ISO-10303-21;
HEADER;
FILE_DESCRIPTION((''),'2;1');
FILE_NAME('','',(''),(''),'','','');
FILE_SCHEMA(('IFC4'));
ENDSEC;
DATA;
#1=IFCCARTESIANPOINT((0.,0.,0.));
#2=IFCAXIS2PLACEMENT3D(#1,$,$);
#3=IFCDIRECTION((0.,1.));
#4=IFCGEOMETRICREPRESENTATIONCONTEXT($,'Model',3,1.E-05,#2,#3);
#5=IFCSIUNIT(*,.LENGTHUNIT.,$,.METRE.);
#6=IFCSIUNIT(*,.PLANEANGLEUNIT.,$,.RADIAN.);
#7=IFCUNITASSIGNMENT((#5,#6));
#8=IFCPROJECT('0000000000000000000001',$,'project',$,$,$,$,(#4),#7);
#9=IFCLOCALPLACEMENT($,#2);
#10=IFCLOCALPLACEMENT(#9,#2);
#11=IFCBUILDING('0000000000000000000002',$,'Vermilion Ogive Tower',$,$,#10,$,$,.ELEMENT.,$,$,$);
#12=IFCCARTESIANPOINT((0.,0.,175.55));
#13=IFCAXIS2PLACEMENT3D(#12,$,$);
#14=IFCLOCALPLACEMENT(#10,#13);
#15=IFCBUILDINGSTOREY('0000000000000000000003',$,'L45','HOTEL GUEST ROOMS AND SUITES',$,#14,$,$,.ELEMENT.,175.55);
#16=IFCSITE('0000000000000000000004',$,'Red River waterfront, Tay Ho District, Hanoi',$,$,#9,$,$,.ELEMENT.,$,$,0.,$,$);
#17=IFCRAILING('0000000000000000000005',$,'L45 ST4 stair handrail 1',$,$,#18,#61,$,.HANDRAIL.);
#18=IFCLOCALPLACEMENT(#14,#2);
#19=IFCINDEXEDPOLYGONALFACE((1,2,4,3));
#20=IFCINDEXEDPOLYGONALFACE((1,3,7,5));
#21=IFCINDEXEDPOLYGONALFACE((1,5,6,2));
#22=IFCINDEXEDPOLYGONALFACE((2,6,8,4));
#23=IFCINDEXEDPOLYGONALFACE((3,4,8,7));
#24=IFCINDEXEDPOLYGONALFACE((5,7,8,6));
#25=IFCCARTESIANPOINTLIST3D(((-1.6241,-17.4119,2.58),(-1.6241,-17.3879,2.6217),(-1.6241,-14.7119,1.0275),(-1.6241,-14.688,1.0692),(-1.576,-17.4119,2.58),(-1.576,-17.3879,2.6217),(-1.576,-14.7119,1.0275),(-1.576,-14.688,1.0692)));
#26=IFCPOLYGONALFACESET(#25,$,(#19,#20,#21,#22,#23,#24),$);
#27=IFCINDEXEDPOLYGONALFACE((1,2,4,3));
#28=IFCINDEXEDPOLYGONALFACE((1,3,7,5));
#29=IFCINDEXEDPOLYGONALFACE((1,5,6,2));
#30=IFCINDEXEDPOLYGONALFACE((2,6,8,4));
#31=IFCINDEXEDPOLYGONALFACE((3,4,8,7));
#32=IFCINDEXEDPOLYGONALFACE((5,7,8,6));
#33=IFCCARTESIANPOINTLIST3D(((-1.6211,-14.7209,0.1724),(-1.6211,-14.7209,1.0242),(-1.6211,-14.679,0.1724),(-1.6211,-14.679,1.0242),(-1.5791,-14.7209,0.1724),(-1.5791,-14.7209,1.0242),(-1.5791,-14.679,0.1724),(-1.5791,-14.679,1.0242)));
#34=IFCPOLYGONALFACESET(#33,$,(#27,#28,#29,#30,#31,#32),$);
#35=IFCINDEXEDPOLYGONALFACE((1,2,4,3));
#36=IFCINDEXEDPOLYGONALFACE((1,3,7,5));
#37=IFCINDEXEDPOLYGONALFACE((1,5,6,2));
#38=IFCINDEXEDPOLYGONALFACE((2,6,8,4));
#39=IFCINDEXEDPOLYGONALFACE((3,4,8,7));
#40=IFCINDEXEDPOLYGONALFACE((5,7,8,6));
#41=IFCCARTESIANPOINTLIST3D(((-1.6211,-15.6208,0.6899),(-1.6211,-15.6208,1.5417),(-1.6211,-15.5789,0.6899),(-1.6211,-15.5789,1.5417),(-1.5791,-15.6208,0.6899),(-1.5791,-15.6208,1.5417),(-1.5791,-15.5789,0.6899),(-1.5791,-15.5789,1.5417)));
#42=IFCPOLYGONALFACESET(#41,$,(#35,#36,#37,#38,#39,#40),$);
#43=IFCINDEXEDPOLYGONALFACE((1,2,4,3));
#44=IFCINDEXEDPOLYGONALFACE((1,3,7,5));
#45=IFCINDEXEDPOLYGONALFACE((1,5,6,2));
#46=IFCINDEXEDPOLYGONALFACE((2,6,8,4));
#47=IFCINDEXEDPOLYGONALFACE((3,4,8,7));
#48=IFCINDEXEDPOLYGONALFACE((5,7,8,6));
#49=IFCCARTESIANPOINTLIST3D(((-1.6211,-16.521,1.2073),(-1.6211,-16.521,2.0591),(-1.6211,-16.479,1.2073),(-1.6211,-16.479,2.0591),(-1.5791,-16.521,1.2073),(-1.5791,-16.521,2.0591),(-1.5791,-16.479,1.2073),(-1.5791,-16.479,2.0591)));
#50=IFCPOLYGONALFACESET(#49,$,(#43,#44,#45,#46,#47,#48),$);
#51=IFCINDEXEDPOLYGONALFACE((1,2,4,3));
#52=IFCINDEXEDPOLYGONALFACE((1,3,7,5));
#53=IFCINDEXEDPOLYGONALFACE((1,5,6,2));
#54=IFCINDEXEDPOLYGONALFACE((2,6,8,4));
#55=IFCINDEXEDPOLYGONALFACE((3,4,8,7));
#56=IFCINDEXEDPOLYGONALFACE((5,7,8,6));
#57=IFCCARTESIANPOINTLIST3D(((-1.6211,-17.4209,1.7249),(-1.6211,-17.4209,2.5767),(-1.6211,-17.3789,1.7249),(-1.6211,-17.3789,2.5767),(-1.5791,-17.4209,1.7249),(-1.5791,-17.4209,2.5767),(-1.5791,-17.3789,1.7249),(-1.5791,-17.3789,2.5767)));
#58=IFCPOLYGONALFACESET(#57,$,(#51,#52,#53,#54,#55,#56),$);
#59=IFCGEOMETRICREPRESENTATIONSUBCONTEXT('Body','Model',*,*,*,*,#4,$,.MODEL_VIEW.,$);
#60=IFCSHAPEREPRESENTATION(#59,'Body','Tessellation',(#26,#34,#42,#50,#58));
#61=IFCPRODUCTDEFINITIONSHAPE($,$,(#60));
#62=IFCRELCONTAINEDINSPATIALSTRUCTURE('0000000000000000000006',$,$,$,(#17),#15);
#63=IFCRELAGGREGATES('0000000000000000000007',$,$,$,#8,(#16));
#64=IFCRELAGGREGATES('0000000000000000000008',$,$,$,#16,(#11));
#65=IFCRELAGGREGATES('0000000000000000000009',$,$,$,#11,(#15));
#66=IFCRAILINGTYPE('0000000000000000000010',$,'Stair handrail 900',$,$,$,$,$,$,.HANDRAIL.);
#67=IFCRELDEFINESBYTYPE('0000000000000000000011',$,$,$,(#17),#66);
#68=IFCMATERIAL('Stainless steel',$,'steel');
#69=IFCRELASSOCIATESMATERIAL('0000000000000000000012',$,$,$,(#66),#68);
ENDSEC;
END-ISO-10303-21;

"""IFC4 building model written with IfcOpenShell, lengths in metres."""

from ifc_helpers import new_model, si_unit, direction, frame, origin, origin_2d, place, context, subcontext, project, spatial, rectangle, extrude, material, type_object, element, save


model = new_model("IFC4")

# Units and contexts
model_context = context("Model", 3, precision=1e-05, world=origin(), true_north=direction((0.0, 1.0)))
body_context = subcontext(model_context, "Body", "Model", "MODEL_VIEW")
ifc_project = project(units=[si_unit("LENGTHUNIT", "METRE"), si_unit("PLANEANGLEUNIT", "RADIAN")], contexts=[model_context])

# Site, building, storey
site_placement = place(None, origin())
site = spatial("IfcSite", under=ifc_project, at=site_placement, Name="Red River waterfront, Tay Ho District, Hanoi", CompositionType="ELEMENT", RefElevation=0.0)
building_placement = place(site_placement, origin())
building = spatial("IfcBuilding", under=site, at=building_placement, Name="Vermilion Ogive Tower", CompositionType="ELEMENT")
storey_placement = place(building_placement, frame((0.0, 0.0, 175.55)))
storey = spatial("IfcBuildingStorey", under=building, at=storey_placement, Name="L45", Description="HOTEL GUEST ROOMS AND SUITES", CompositionType="ELEMENT", Elevation=175.55)

# Railing
ifc_material_1 = material(Name="Stainless steel", Category="steel")
railing_type_1 = type_object("IfcRailingType", Name="Stair handrail 900", PredefinedType="HANDRAIL", material=ifc_material_1)
railing_1_placement = place(storey_placement, frame((-1.6001, -14.7, 0.1724)))
element("IfcRailing", 1, at=railing_1_placement, inside=storey, type_object=railing_type_1, Name="L45 ST4 stair handrail 1", PredefinedType="HANDRAIL", context=body_context, shape_type="SweptSolid", body=[
    extrude(rectangle(XDim=0.0481, YDim=0.0481, at=origin_2d()), frame((0.0, 0.0, 0.876), z_axis=(0.0, -0.866904, 0.498476), x_axis=(1.0, 0.0, 0.0)), (0.0, 0.0, 1.0), 3.1145),
    extrude(rectangle(XDim=0.042, YDim=0.042, at=origin_2d()), origin(), (0.0, 0.0, 1.0), 0.8518),
    extrude(rectangle(XDim=0.042, YDim=0.042, at=origin_2d()), frame((0.0, -0.8999, 0.5176)), (0.0, 0.0, 1.0), 0.8518),
    extrude(rectangle(XDim=0.042, YDim=0.042, at=origin_2d()), frame((0.0, -1.8, 1.0349)), (0.0, 0.0, 1.0), 0.8518),
    extrude(rectangle(XDim=0.042, YDim=0.042, at=origin_2d()), frame((0.0, -2.7, 1.5525)), (0.0, 0.0, 1.0), 0.8518),
])

save(model, "model.ifc")
